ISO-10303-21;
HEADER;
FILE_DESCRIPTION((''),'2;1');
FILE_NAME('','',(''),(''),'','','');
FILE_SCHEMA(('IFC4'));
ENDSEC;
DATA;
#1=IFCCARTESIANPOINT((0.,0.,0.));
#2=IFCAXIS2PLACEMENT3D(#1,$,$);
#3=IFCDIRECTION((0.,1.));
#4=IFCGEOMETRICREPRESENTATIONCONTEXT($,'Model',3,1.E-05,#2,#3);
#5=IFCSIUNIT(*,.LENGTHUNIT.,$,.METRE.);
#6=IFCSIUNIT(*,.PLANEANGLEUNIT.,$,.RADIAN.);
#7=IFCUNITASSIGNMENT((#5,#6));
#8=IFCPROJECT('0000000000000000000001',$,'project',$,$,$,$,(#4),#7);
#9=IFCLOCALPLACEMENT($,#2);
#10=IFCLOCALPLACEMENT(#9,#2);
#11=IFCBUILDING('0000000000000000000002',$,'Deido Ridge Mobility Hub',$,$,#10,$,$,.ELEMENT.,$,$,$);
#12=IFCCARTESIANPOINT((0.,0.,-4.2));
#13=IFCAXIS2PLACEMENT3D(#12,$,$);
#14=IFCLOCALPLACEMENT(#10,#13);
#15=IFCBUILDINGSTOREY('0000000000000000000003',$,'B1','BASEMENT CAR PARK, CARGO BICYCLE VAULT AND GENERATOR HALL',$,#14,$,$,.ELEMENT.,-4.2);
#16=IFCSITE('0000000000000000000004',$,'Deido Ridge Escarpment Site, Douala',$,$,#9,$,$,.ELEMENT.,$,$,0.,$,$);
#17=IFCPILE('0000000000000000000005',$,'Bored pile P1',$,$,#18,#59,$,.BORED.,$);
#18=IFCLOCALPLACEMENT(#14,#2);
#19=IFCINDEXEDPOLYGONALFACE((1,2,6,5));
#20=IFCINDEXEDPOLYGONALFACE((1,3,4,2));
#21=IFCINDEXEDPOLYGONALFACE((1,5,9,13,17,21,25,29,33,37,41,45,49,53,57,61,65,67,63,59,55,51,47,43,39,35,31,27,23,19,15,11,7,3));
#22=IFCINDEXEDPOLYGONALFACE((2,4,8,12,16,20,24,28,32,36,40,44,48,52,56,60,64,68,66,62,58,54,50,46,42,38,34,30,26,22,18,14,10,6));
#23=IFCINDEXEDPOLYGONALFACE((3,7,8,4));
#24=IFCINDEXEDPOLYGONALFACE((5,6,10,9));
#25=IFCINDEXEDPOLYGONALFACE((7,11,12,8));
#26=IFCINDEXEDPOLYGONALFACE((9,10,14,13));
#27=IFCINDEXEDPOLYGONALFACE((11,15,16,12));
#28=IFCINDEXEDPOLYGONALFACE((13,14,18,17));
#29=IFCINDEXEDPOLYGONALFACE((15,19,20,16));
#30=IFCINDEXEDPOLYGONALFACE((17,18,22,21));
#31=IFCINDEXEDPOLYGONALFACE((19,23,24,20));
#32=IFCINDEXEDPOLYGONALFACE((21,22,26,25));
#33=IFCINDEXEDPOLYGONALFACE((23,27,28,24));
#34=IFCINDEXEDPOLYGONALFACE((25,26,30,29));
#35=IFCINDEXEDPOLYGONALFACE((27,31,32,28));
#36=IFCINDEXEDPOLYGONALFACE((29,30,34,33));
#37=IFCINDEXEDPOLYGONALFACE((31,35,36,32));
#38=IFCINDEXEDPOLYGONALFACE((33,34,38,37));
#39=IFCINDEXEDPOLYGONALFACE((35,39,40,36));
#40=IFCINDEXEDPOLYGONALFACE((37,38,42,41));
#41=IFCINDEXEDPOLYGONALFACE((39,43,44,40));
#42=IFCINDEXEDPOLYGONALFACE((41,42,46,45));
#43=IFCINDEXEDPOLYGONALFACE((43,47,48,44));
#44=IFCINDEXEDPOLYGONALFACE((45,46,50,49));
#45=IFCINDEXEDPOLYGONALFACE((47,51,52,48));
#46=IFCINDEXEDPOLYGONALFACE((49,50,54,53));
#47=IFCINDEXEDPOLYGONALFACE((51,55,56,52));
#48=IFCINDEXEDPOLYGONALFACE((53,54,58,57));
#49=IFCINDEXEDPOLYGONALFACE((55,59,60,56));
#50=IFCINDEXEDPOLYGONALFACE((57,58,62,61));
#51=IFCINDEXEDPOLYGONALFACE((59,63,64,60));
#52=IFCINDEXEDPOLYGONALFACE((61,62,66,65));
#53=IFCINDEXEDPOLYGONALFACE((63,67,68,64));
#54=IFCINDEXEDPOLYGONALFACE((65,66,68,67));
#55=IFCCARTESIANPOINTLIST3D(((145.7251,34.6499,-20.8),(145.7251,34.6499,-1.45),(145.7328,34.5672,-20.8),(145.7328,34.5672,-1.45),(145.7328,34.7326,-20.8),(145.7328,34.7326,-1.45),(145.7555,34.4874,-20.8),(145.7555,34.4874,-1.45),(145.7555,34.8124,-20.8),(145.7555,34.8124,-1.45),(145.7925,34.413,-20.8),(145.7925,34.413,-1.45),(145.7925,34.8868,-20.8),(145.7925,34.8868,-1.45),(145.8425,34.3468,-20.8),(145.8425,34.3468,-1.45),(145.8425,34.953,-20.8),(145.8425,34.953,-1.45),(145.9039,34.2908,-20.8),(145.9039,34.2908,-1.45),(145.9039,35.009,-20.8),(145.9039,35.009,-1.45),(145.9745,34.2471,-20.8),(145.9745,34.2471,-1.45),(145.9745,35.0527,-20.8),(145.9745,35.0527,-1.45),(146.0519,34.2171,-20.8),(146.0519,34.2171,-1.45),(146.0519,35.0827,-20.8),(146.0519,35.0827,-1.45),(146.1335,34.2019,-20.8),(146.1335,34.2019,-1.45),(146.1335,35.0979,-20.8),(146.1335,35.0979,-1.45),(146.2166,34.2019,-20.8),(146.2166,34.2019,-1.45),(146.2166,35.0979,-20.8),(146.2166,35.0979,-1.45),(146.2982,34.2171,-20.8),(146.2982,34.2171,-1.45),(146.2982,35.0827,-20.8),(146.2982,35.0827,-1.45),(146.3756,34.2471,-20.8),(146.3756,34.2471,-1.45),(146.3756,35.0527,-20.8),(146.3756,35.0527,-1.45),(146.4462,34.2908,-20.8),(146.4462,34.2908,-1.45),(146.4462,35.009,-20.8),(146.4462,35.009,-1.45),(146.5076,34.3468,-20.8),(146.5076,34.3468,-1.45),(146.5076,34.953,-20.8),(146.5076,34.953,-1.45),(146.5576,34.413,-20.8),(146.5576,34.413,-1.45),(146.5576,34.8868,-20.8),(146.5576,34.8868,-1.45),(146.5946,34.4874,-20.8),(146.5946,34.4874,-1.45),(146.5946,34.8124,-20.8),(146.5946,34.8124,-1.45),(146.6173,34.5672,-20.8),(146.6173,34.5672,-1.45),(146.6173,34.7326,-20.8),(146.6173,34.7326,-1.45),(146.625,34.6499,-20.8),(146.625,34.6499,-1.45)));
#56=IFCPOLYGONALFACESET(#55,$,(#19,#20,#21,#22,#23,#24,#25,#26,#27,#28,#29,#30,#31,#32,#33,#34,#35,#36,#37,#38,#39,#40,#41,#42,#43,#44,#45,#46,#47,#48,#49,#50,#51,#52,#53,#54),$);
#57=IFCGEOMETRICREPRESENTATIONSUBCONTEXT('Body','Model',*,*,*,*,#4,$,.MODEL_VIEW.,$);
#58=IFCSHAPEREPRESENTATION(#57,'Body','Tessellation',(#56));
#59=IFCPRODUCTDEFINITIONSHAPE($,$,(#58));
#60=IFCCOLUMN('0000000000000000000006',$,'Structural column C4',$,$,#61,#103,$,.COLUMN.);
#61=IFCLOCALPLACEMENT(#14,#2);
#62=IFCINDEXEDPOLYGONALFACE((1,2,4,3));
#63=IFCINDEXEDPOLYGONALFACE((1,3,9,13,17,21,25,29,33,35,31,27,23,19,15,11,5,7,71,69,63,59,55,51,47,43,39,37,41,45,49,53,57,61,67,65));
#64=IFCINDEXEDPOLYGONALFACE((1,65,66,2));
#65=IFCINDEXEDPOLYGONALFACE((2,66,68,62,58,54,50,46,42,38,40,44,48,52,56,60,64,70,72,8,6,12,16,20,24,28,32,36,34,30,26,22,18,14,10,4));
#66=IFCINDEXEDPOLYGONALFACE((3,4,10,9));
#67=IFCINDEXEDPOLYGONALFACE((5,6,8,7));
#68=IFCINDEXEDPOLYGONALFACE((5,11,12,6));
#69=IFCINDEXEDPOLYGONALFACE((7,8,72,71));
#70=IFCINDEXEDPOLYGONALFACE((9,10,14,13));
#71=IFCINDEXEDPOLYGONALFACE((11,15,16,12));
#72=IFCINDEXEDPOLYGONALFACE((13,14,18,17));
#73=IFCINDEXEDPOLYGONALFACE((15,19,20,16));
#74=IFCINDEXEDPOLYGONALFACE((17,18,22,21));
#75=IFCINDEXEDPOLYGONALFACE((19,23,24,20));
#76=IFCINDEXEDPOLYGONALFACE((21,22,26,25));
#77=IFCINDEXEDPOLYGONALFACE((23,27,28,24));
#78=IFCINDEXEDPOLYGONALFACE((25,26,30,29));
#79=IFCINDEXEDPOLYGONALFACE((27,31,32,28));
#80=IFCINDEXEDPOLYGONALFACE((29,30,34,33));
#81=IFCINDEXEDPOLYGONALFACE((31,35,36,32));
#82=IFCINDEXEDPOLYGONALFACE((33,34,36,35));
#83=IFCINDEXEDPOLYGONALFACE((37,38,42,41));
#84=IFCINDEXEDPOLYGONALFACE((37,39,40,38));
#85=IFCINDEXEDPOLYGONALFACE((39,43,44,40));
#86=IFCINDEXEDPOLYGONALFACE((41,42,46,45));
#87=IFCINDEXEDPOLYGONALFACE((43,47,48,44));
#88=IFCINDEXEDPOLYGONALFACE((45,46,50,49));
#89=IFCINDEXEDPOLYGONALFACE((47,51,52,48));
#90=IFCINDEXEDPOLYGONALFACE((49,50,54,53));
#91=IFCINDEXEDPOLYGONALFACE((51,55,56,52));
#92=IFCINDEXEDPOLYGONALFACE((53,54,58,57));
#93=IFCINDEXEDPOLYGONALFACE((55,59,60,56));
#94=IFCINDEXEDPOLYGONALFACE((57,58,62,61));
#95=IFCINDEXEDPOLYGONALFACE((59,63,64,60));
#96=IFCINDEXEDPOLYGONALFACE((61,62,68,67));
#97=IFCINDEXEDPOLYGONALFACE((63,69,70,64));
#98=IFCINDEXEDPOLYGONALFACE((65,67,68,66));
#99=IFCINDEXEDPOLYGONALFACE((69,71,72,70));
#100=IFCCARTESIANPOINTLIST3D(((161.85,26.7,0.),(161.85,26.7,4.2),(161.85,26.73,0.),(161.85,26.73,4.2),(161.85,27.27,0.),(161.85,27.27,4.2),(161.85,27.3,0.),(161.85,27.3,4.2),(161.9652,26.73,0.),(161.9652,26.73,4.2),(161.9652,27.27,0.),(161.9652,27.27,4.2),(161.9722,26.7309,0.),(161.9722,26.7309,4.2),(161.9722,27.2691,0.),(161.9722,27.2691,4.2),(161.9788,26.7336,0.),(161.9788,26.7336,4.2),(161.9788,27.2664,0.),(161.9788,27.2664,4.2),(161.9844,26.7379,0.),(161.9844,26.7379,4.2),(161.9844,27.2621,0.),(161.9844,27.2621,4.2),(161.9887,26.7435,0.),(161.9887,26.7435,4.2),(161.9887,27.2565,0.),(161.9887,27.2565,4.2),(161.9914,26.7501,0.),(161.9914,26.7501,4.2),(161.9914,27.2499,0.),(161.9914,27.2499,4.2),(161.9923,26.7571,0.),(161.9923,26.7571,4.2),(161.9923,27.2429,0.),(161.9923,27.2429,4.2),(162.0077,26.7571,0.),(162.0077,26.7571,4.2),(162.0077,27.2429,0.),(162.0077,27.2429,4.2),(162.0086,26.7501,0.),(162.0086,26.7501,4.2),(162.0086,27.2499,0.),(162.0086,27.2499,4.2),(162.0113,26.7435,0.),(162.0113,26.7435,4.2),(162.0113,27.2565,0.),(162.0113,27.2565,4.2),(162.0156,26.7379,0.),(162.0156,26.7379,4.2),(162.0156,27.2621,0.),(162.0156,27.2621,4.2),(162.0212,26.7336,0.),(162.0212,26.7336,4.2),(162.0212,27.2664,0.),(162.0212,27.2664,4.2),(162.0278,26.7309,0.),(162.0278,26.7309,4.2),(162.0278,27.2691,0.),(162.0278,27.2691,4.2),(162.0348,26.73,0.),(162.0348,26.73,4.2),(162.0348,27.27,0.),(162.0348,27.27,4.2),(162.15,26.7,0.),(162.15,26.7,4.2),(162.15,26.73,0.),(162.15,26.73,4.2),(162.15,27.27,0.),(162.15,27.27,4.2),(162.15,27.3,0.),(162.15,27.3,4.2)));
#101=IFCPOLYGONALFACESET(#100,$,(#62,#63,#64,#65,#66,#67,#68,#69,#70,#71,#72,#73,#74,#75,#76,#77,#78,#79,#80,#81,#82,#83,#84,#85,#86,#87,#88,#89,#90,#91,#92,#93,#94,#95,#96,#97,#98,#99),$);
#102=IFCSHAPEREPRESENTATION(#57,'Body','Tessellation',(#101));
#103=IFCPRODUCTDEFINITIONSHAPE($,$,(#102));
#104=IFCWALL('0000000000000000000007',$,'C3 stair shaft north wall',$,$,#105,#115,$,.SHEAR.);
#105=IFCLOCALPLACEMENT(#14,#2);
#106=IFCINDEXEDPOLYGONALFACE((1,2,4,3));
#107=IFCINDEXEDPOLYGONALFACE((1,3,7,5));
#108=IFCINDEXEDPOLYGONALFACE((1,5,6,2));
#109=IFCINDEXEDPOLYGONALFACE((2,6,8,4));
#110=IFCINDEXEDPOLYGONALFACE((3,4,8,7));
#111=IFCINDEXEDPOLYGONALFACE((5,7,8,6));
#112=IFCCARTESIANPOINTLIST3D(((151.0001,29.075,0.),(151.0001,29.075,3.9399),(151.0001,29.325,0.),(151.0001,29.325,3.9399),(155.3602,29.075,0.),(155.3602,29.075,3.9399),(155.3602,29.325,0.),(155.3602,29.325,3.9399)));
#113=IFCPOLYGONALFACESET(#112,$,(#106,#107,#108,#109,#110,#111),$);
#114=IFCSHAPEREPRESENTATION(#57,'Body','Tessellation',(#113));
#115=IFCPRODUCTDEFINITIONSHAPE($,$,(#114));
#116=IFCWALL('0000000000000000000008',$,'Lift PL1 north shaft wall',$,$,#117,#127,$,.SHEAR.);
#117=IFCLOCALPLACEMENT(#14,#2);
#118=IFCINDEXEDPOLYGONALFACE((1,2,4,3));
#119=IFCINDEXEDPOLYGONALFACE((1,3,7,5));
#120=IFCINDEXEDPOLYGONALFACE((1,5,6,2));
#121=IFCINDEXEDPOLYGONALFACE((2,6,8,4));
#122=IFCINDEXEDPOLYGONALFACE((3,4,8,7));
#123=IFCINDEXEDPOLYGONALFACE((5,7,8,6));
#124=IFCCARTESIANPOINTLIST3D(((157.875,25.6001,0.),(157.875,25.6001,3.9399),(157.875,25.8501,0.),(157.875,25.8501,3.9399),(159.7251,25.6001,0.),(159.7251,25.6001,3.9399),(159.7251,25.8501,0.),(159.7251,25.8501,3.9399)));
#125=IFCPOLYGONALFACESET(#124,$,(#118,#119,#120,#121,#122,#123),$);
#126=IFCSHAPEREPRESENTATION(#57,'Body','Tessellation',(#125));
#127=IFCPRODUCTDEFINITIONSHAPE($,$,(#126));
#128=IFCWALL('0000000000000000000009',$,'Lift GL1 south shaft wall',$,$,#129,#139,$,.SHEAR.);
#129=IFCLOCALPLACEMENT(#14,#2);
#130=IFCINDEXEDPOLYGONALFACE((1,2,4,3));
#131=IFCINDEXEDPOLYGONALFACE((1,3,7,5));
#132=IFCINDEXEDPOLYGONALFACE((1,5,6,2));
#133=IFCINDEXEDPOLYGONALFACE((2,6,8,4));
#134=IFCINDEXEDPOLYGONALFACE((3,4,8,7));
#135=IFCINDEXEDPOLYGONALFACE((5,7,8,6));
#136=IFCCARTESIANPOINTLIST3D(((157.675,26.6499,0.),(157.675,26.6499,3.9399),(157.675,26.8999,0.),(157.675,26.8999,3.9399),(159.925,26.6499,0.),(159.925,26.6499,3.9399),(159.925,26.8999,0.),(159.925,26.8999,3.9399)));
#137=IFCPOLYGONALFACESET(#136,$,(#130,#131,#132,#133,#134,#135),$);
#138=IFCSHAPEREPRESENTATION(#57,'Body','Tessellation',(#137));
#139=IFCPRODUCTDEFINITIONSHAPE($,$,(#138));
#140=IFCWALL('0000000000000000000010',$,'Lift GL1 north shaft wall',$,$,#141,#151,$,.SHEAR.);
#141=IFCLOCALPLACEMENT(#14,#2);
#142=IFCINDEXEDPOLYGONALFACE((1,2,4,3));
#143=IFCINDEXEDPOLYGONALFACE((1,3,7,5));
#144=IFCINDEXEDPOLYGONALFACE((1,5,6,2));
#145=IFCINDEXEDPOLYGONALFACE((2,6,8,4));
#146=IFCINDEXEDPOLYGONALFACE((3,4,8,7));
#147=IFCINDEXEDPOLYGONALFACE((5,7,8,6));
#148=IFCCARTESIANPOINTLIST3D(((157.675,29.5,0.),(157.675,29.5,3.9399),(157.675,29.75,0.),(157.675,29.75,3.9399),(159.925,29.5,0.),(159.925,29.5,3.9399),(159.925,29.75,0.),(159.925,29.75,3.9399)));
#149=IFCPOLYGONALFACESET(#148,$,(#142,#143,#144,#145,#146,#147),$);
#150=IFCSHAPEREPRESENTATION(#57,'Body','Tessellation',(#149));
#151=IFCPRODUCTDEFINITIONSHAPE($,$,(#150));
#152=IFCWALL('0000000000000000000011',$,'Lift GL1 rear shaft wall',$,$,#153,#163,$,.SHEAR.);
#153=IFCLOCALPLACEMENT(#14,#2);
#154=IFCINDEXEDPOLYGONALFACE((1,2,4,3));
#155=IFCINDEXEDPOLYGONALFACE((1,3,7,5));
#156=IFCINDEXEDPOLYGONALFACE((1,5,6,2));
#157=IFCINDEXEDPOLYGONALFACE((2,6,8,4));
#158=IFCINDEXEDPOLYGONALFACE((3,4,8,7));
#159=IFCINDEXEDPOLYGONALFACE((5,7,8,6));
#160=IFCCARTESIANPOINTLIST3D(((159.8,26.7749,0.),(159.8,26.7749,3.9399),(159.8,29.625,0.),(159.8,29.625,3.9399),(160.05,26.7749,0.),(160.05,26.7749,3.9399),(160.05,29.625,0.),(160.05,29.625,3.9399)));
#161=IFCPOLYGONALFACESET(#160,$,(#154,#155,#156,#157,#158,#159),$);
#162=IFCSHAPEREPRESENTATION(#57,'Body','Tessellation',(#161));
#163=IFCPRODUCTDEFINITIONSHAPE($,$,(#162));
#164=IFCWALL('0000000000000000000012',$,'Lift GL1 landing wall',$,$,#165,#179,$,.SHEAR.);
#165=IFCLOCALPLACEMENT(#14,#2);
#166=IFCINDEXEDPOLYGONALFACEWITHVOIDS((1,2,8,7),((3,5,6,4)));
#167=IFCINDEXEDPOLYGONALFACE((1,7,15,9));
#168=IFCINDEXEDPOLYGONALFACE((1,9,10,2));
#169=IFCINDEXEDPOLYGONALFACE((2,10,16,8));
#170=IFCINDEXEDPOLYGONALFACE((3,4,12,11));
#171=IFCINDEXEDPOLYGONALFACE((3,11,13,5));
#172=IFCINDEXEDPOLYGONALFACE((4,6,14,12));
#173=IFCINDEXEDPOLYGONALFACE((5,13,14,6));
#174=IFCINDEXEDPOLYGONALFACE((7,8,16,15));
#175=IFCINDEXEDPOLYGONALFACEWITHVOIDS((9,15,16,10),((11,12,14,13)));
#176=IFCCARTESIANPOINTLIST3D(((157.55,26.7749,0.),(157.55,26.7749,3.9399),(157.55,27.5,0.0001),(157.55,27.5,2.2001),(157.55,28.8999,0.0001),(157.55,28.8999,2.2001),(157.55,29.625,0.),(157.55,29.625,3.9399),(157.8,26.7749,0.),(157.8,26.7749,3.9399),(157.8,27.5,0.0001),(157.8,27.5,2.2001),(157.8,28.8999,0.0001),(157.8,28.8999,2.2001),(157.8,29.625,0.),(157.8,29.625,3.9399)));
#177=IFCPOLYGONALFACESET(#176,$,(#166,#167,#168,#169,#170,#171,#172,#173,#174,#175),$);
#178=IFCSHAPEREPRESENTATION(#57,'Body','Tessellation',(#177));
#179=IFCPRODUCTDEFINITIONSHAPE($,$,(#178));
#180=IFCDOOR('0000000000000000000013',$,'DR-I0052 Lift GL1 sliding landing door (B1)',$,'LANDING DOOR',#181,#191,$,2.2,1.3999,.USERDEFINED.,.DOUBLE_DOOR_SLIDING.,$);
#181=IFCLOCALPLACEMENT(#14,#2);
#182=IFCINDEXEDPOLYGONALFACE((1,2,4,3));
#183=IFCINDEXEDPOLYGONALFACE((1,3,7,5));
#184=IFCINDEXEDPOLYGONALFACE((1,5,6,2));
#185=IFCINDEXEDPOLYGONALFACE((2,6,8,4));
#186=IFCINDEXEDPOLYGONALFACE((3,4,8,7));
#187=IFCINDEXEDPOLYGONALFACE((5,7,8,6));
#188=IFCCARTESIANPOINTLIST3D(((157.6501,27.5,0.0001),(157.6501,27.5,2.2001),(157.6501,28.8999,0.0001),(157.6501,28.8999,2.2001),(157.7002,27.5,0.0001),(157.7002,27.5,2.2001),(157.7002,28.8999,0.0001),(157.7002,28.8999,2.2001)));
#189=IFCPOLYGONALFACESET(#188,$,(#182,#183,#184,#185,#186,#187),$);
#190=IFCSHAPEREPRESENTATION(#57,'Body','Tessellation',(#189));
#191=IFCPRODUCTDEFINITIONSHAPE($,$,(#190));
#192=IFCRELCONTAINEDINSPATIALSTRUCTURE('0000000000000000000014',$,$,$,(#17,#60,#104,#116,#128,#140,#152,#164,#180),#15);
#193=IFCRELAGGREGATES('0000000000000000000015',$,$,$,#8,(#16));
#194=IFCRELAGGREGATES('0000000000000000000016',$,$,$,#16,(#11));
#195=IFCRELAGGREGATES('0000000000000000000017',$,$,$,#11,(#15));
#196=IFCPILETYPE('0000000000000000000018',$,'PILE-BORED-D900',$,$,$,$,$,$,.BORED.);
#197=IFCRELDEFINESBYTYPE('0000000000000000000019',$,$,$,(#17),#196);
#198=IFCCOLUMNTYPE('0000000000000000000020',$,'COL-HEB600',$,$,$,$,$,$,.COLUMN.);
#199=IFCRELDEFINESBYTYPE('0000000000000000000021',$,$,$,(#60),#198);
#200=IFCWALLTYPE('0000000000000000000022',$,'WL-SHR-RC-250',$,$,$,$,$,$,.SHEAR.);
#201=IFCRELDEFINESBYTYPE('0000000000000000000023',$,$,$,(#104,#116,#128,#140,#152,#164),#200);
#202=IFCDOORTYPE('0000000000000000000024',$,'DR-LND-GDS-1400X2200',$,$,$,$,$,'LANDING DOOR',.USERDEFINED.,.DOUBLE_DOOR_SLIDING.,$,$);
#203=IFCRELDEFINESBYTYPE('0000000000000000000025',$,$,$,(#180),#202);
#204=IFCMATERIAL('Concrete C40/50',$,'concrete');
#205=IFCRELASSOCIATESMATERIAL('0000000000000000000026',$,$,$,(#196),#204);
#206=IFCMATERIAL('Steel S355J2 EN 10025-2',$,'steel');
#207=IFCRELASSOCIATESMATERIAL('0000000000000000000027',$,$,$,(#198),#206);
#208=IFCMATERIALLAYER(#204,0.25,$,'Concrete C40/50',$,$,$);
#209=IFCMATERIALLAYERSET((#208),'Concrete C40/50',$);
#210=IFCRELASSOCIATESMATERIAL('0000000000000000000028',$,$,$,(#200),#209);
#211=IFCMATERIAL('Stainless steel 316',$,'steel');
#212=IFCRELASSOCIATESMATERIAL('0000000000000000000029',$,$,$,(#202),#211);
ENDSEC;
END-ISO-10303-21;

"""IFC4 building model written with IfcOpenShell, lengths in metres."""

from ifc_helpers import new_model, si_unit, direction, frame, frame_2d, origin, origin_2d, place, context, subcontext, project, spatial, rectangle, circle, i_section, extrude, material, layer, layer_set, material_profile, profile_set, type_object, element, fill, save


model = new_model("IFC4")

# Units and contexts
model_context = context("Model", 3, precision=1e-05, world=origin(), true_north=direction((0.0, 1.0)))
body_context = subcontext(model_context, "Body", "Model", "MODEL_VIEW")
ifc_project = project(units=[si_unit("LENGTHUNIT", "METRE"), si_unit("PLANEANGLEUNIT", "RADIAN")], contexts=[model_context])

# Site, building, storey
site_placement = place(None, origin())
site = spatial("IfcSite", under=ifc_project, at=site_placement, Name="Deido Ridge Escarpment Site, Douala", CompositionType="ELEMENT", RefElevation=0.0)
building_placement = place(site_placement, origin())
building = spatial("IfcBuilding", under=site, at=building_placement, Name="Deido Ridge Mobility Hub", CompositionType="ELEMENT")
storey_placement = place(building_placement, frame((0.0, 0.0, -4.2)))
storey = spatial("IfcBuildingStorey", under=building, at=storey_placement, Name="B1", Description="BASEMENT CAR PARK, CARGO BICYCLE VAULT AND GENERATOR HALL", CompositionType="ELEMENT", Elevation=-4.2)

# Shared definitions
ifc_material_1 = material(Name="Concrete C40/50", Category="concrete")

# Pile
ifc_material_profile_1 = material_profile(ifc_material_1, circle(Radius=0.45, at=origin_2d()), Name="BORED PILE D900")
ifc_profile_set_1 = profile_set([ifc_material_profile_1], Name="Concrete C40/50")
pile_type_1 = type_object("IfcPileType", Name="PILE-BORED-D900", PredefinedType="BORED", material=ifc_profile_set_1)
pile_placement = place(storey_placement, frame((146.175, 34.6499, -1.45), z_axis=(0.0, 0.0, -1.0), x_axis=(1.0, 0.0, 0.0)))
element("IfcPile", 1, at=pile_placement, inside=storey, type_object=pile_type_1, Name="Bored pile P1", PredefinedType="BORED", context=body_context, shape_type="SweptSolid", body=[
    extrude(circle(Radius=0.45, at=origin_2d()), origin(), (0.0, 0.0, 1.0), 19.3501),
])

# Column
ifc_material_2 = material(Name="Steel S355J2 EN 10025-2", Category="steel")
ifc_material_profile_2 = material_profile(ifc_material_2, i_section(OverallWidth=0.3, OverallDepth=0.6001, WebThickness=0.0154, FlangeThickness=0.03, FilletRadius=0.0271, at=origin_2d()), Name="HEB 600")
ifc_profile_set_2 = profile_set([ifc_material_profile_2], Name="Steel S355J2 EN 10025-2")
column_type = type_object("IfcColumnType", Name="COL-HEB600", PredefinedType="COLUMN", material=ifc_profile_set_2)
column_placement = place(storey_placement, frame((162.0, 27.0, 0.0), z_axis=(0.0, 0.0, 1.0), x_axis=(1.0, 0.0, 0.0)))
element("IfcColumn", 2, at=column_placement, inside=storey, type_object=column_type, Name="Structural column C4", PredefinedType="COLUMN", context=body_context, shape_type="SweptSolid", body=[
    extrude(i_section(OverallWidth=0.3, OverallDepth=0.6001, WebThickness=0.0154, FlangeThickness=0.03, FilletRadius=0.0271, at=origin_2d()), origin(), (0.0, 0.0, 1.0), 4.2),
])

# Walls
ifc_layer_1 = layer(ifc_material_1, 0.25, Name="Concrete C40/50")
ifc_layer_set_1 = layer_set([ifc_layer_1], Name="Concrete C40/50")
wall_type_1 = type_object("IfcWallType", Name="WL-SHR-RC-250", PredefinedType="SHEAR", material=ifc_layer_set_1)
wall_1_placement = place(storey_placement, frame((151.0, 29.2, 0.0), z_axis=(0.0, 0.0, 1.0), x_axis=(1.0, 0.0, 0.0)))
element("IfcWall", 3, at=wall_1_placement, inside=storey, type_object=wall_type_1, Name="C3 stair shaft north wall", PredefinedType="SHEAR", context=body_context, shape_type="SweptSolid", body=[
    extrude(rectangle(XDim=4.3601, YDim=0.25, at=frame_2d((2.1802, 0.0))), origin(), (0.0, 0.0, 1.0), 3.9399),
])
wall_2_placement = place(storey_placement, frame((157.875, 25.7251, 0.0), z_axis=(0.0, 0.0, 1.0), x_axis=(1.0, 0.0, 0.0)))
element("IfcWall", 4, at=wall_2_placement, inside=storey, type_object=wall_type_1, Name="Lift PL1 north shaft wall", PredefinedType="SHEAR", context=body_context, shape_type="SweptSolid", body=[
    extrude(rectangle(XDim=1.8501, YDim=0.25, at=frame_2d((0.925, 0.0))), origin(), (0.0, 0.0, 1.0), 3.9399),
])
for number, where, z_axis, x_axis, name in (
    (5, (157.675, 26.7749, 0.0), (0.0, 0.0, 1.0), (1.0, 0.0, 0.0), "Lift GL1 south shaft wall"),
    (6, (157.675, 29.625, 0.0), (0.0, 0.0, 1.0), (1.0, 0.0, 0.0), "Lift GL1 north shaft wall"),
):
    element("IfcWall", number, at=place(storey_placement, frame(where, z_axis=z_axis, x_axis=x_axis)), inside=storey, type_object=wall_type_1, Name=name, PredefinedType="SHEAR", context=body_context, shape_type="SweptSolid", body=[
        extrude(rectangle(XDim=2.25, YDim=0.25, at=frame_2d((1.125, 0.0))), origin(), (0.0, 0.0, 1.0), 3.9399),
    ])
wall_3_placement = place(storey_placement, frame((159.925, 26.7749, 0.0), z_axis=(0.0, 0.0, 1.0), x_axis=(0.0, 1.0, 0.0)))
element("IfcWall", 7, at=wall_3_placement, inside=storey, type_object=wall_type_1, Name="Lift GL1 rear shaft wall", PredefinedType="SHEAR", context=body_context, shape_type="SweptSolid", body=[
    extrude(rectangle(XDim=2.8501, YDim=0.25, at=frame_2d((1.425, 0.0))), origin(), (0.0, 0.0, 1.0), 3.9399),
])

# Wall, opening, door
wall_4_placement = place(storey_placement, frame((157.675, 26.7749, 0.0), z_axis=(0.0, 0.0, 1.0), x_axis=(0.0, 1.0, 0.0)))
wall_4 = element("IfcWall", 8, at=wall_4_placement, inside=storey, type_object=wall_type_1, Name="Lift GL1 landing wall", PredefinedType="SHEAR", context=body_context, shape_type="SweptSolid", body=[
    extrude(rectangle(XDim=2.8501, YDim=0.25, at=frame_2d((1.425, 0.0))), origin(), (0.0, 0.0, 1.0), 3.9399),
])
opening_placement = place(wall_4_placement, frame((0.7251, 0.0, 0.0)))
opening = element("IfcOpeningElement", 9, at=opening_placement, cuts=wall_4, PredefinedType="OPENING", context=body_context, shape_type="SweptSolid", body=[
    extrude(rectangle(XDim=1.3999, YDim=2.2, at=frame_2d((0.7, 1.1001))), frame((0.0, 0.135, 0.0), z_axis=(0.0, -1.0, 0.0), x_axis=(1.0, 0.0, 0.0)), (0.0, 0.0, 1.0), 0.27),
])
ifc_material_3 = material(Name="Stainless steel 316", Category="steel")
door_type = type_object("IfcDoorType", Name="DR-LND-GDS-1400X2200", ElementType="LANDING DOOR", OperationType="DOUBLE_DOOR_SLIDING", PredefinedType="USERDEFINED", material=ifc_material_3)
door_placement = place(opening_placement, origin())
door = element("IfcDoor", 10, at=door_placement, inside=storey, type_object=door_type, Name="DR-I0052 Lift GL1 sliding landing door (B1)", ObjectType="LANDING DOOR", OperationType="DOUBLE_DOOR_SLIDING", OverallHeight=2.2, OverallWidth=1.3999, PredefinedType="USERDEFINED", context=body_context, shape_type="SweptSolid", body=[
    extrude(rectangle(XDim=1.3999, YDim=2.2, at=frame_2d((0.7, 1.1001))), frame((0.0, 0.0249, 0.0), z_axis=(0.0, -1.0, 0.0), x_axis=(1.0, 0.0, 0.0)), (0.0, 0.0, 1.0), 0.05),
])
fill(opening, door)

save(model, "model.ifc")
